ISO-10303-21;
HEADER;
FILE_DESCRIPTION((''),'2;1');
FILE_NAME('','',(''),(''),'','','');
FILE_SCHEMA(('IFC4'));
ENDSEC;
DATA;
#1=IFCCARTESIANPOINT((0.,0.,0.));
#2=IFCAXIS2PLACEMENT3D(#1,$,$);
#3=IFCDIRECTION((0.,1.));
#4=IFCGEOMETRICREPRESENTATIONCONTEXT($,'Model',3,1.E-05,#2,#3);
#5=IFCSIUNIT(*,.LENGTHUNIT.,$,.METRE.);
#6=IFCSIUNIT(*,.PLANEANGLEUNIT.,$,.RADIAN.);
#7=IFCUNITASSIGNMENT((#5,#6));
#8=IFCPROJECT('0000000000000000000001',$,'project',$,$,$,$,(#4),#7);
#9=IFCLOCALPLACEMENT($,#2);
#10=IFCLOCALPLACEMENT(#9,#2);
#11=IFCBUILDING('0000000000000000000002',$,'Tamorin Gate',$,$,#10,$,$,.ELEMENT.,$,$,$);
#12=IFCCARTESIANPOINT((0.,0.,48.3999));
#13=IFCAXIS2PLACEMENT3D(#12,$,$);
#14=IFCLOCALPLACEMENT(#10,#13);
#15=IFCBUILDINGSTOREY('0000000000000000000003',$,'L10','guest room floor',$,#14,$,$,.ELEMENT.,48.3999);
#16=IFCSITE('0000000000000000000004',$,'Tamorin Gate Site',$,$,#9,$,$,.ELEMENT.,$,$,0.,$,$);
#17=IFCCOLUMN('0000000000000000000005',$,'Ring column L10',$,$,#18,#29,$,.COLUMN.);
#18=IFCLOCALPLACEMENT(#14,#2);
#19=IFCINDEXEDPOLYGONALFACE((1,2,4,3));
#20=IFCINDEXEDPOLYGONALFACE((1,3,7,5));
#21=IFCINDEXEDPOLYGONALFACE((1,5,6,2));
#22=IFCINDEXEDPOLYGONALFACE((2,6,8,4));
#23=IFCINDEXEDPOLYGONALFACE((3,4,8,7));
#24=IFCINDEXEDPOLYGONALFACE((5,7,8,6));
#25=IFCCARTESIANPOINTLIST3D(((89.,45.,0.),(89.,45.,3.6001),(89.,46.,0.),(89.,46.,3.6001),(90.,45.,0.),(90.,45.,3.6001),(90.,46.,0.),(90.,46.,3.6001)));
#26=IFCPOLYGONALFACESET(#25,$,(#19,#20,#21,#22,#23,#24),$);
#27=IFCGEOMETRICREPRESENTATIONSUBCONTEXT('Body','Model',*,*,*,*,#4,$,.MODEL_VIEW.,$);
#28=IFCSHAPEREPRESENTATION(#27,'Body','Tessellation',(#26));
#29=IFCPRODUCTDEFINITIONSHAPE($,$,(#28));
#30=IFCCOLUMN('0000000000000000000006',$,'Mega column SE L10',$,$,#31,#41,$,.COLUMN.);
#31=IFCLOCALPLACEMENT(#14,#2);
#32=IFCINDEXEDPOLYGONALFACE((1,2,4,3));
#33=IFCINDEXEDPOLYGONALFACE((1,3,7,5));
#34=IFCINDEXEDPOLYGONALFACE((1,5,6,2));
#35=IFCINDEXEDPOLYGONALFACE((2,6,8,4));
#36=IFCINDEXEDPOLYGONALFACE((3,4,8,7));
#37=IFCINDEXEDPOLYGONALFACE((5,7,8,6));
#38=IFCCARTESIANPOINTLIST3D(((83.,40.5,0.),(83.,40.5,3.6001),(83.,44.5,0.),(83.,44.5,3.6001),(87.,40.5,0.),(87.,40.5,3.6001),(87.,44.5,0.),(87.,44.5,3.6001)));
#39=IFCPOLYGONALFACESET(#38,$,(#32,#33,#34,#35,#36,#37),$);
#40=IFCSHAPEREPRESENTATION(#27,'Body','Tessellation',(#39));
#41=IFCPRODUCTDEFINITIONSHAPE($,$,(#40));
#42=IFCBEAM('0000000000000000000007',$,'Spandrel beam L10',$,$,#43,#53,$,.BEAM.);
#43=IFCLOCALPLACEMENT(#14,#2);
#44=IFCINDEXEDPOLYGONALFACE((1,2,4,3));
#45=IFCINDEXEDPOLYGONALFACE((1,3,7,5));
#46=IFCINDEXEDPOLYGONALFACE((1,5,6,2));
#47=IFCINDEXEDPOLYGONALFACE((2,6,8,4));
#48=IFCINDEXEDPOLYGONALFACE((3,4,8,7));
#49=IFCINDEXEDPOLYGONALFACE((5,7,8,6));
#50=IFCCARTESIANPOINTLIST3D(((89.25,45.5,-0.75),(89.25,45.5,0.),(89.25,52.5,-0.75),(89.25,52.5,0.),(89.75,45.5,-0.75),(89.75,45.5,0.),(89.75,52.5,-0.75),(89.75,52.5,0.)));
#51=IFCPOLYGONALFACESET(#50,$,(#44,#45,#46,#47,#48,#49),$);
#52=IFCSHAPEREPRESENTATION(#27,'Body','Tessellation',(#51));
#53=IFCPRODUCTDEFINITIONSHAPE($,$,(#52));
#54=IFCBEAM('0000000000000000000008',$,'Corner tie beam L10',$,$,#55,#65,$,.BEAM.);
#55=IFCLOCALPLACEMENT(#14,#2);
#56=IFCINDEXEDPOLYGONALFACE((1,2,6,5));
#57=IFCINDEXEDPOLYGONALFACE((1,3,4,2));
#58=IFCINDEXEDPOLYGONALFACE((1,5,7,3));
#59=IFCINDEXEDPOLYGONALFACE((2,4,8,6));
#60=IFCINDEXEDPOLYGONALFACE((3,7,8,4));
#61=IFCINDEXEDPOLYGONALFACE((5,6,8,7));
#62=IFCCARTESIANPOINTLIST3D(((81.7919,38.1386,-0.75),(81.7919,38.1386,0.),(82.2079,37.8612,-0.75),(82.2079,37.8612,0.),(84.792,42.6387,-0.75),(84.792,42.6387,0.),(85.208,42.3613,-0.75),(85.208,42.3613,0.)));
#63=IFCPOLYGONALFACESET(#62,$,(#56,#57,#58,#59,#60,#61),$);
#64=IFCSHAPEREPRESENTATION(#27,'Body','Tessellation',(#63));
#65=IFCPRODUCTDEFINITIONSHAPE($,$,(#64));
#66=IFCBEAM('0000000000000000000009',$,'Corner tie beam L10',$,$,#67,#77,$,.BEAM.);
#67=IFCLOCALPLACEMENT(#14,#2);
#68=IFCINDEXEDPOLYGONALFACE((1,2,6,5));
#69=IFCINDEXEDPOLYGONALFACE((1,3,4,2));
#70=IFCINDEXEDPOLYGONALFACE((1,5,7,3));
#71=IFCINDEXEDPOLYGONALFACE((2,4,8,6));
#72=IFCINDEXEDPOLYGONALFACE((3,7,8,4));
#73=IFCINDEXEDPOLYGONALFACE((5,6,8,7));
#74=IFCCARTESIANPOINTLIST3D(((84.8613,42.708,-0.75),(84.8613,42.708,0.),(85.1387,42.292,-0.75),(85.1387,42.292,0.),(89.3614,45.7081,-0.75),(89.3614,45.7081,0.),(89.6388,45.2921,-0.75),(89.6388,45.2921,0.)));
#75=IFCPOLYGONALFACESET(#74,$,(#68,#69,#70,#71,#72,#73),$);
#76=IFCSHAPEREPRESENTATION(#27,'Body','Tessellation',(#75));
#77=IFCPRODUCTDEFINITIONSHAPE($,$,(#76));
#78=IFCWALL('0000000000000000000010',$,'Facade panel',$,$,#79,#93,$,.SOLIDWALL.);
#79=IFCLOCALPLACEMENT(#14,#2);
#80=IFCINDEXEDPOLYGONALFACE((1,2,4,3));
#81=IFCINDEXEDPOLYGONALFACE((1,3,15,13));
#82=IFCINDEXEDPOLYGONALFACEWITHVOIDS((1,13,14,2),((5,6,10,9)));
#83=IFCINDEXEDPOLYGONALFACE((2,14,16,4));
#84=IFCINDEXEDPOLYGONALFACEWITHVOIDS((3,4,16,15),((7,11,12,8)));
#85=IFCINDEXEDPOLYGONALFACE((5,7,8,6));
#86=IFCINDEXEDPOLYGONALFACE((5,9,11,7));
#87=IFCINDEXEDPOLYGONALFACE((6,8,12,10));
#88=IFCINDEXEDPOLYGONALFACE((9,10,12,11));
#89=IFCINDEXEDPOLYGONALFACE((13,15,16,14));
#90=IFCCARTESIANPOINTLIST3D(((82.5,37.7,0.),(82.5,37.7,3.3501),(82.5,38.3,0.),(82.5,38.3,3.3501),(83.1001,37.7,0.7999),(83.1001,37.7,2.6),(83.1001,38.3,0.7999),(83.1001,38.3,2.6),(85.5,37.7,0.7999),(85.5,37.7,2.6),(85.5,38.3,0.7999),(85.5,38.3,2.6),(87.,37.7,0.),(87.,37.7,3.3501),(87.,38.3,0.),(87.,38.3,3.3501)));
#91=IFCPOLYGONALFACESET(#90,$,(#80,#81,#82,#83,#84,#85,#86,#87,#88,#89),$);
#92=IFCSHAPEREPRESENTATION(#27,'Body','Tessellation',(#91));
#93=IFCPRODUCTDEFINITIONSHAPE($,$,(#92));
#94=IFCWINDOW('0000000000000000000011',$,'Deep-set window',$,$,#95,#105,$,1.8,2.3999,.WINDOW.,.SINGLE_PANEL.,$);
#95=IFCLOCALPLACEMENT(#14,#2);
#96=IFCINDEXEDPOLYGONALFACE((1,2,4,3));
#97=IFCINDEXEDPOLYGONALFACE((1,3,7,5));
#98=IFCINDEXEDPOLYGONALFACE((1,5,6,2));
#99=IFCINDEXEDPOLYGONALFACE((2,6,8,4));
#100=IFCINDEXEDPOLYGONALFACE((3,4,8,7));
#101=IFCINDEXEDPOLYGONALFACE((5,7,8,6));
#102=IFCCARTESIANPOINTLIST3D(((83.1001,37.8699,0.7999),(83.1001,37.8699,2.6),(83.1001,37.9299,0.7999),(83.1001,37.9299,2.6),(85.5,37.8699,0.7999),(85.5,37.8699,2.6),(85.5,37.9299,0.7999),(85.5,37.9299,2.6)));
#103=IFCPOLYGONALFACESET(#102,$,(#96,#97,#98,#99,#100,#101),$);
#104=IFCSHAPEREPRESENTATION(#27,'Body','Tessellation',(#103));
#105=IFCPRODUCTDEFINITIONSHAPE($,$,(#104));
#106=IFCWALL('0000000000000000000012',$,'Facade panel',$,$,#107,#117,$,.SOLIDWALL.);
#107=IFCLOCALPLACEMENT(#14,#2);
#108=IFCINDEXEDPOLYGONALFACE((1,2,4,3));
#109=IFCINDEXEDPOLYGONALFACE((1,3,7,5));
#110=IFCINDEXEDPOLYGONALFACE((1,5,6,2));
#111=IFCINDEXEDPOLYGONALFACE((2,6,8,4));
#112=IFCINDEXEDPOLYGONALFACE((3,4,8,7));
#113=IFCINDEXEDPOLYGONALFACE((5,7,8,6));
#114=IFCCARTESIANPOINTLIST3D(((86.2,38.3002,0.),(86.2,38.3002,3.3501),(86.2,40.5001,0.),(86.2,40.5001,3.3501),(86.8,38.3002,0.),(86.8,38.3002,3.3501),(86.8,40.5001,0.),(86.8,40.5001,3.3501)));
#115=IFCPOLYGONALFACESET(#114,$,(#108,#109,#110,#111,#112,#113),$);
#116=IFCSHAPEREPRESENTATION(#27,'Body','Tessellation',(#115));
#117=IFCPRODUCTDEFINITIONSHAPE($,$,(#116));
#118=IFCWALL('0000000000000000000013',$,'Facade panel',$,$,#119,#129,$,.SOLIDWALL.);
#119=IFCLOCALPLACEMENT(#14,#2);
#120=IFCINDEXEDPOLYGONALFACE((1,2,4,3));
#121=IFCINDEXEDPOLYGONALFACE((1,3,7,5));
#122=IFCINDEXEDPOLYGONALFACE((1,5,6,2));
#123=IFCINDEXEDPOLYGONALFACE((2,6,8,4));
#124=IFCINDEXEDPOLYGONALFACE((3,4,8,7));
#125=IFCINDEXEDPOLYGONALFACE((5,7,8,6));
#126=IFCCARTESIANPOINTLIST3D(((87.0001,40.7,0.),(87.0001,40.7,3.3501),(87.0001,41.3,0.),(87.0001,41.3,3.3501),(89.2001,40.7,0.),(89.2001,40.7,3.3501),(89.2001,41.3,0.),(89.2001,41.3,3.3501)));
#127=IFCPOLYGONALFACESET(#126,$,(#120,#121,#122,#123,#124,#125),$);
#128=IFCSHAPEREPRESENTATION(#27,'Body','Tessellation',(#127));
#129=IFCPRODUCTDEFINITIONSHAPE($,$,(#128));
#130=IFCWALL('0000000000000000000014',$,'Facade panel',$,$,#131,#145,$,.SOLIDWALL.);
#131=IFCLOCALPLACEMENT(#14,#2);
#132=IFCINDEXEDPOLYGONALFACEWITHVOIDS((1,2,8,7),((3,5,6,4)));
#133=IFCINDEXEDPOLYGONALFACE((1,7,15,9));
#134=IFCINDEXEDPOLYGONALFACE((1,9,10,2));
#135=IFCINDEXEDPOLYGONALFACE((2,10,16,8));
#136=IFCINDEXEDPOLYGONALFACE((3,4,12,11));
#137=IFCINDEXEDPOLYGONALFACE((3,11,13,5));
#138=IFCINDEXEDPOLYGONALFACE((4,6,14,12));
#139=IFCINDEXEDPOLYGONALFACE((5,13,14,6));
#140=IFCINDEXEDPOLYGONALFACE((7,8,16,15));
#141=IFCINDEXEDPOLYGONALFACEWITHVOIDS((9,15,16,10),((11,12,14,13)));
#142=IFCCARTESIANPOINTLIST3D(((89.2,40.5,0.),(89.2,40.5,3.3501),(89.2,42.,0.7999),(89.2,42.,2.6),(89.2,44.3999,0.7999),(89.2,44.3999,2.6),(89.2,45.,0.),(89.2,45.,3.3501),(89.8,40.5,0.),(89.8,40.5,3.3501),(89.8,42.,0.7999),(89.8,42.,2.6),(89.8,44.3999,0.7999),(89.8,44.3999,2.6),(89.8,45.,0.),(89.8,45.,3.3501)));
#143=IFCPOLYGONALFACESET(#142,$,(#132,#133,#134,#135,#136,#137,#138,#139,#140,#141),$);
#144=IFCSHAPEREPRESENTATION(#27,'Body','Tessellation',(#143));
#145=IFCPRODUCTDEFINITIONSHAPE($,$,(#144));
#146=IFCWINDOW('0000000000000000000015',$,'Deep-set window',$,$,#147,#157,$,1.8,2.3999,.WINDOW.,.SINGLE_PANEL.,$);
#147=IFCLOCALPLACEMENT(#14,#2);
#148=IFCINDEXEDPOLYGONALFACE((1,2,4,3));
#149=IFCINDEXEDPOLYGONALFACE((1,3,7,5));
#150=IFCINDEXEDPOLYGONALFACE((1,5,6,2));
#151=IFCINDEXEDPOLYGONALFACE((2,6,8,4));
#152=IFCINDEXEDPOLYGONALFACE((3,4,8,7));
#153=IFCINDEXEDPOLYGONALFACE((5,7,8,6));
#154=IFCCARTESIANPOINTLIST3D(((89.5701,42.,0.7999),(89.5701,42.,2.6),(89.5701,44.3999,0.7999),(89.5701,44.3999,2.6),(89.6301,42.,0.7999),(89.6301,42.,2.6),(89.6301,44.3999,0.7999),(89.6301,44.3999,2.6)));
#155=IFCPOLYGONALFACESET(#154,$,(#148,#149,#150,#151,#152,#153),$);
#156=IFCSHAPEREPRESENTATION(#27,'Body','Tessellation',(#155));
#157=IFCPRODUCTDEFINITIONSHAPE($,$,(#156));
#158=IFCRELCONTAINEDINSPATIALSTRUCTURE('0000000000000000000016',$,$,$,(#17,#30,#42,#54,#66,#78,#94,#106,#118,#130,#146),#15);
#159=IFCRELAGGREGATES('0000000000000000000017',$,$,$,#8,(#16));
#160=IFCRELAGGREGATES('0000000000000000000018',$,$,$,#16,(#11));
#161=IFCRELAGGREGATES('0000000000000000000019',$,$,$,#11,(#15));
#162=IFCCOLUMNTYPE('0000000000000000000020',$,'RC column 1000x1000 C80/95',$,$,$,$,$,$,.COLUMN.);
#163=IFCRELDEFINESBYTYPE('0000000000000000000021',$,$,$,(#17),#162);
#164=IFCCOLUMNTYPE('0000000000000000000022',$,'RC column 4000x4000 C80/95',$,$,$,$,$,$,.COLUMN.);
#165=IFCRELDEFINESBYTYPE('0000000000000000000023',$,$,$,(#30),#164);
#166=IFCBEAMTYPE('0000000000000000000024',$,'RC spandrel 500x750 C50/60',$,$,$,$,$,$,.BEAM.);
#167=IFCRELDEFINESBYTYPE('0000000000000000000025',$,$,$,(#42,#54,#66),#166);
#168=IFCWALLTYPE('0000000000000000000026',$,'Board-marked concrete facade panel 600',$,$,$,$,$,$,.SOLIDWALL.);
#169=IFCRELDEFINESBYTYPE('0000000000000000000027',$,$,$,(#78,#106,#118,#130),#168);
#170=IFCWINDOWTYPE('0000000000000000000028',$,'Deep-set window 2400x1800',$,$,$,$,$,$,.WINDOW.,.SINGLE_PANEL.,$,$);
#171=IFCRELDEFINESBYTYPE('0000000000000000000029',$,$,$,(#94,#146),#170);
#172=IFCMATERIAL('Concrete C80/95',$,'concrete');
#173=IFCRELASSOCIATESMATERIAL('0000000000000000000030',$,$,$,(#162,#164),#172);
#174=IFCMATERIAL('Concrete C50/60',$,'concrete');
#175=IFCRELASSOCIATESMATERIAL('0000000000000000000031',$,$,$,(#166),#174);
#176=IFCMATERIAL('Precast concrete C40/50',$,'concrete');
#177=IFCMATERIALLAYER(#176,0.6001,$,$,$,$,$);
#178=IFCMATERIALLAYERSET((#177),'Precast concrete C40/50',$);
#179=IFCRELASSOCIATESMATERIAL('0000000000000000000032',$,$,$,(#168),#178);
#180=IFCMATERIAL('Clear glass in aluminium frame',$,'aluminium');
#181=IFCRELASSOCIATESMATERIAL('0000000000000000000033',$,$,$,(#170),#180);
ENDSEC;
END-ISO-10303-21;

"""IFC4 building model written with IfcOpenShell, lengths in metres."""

from ifc_helpers import new_model, si_unit, direction, frame, frame_2d, origin, origin_2d, place, context, subcontext, project, spatial, rectangle, extrude, material, layer, layer_set, material_profile, profile_set, type_object, element, fill, save


model = new_model("IFC4")

# Units and contexts
model_context = context("Model", 3, precision=1e-05, world=origin(), true_north=direction((0.0, 1.0)))
body_context = subcontext(model_context, "Body", "Model", "MODEL_VIEW")
ifc_project = project(units=[si_unit("LENGTHUNIT", "METRE"), si_unit("PLANEANGLEUNIT", "RADIAN")], contexts=[model_context])

# Site, building, storey
site_placement = place(None, origin())
site = spatial("IfcSite", under=ifc_project, at=site_placement, Name="Tamorin Gate Site", CompositionType="ELEMENT", RefElevation=0.0)
building_placement = place(site_placement, origin())
building = spatial("IfcBuilding", under=site, at=building_placement, Name="Tamorin Gate", CompositionType="ELEMENT")
storey_placement = place(building_placement, frame((0.0, 0.0, 48.3999)))
storey = spatial("IfcBuildingStorey", under=building, at=storey_placement, Name="L10", Description="guest room floor", CompositionType="ELEMENT", Elevation=48.3999)

# Columns
ifc_material_1 = material(Name="Concrete C80/95", Category="concrete")
ifc_material_profile_1 = material_profile(ifc_material_1, rectangle(XDim=1.0, YDim=1.0, at=origin_2d()), Name="RC 1000x1000")
ifc_profile_set_1 = profile_set([ifc_material_profile_1], Name="Concrete C80/95")
column_type_1 = type_object("IfcColumnType", Name="RC column 1000x1000 C80/95", PredefinedType="COLUMN", material=ifc_profile_set_1)
column_1_placement = place(storey_placement, frame((89.5, 45.5, 0.0), z_axis=(0.0, 0.0, 1.0), x_axis=(1.0, 0.0, 0.0)))
element("IfcColumn", 1, at=column_1_placement, inside=storey, type_object=column_type_1, Name="Ring column L10", PredefinedType="COLUMN", context=body_context, shape_type="SweptSolid", body=[
    extrude(rectangle(XDim=1.0, YDim=1.0, at=origin_2d()), origin(), (0.0, 0.0, 1.0), 3.6001),
])
ifc_material_profile_2 = material_profile(ifc_material_1, rectangle(XDim=4.0, YDim=4.0, at=origin_2d()), Name="RC 4000x4000")
ifc_profile_set_2 = profile_set([ifc_material_profile_2], Name="Concrete C80/95")
column_type_2 = type_object("IfcColumnType", Name="RC column 4000x4000 C80/95", PredefinedType="COLUMN", material=ifc_profile_set_2)
column_2_placement = place(storey_placement, frame((85.0, 42.5, 0.0), z_axis=(0.0, 0.0, 1.0), x_axis=(1.0, 0.0, 0.0)))
element("IfcColumn", 2, at=column_2_placement, inside=storey, type_object=column_type_2, Name="Mega column SE L10", PredefinedType="COLUMN", context=body_context, shape_type="SweptSolid", body=[
    extrude(rectangle(XDim=4.0, YDim=4.0, at=origin_2d()), origin(), (0.0, 0.0, 1.0), 3.6001),
])

# Beams
ifc_material_2 = material(Name="Concrete C50/60", Category="concrete")
ifc_material_profile_3 = material_profile(ifc_material_2, rectangle(XDim=0.5, YDim=0.75, at=origin_2d()), Name="RC 500x750")
ifc_profile_set_3 = profile_set([ifc_material_profile_3], Name="Concrete C50/60")
beam_type = type_object("IfcBeamType", Name="RC spandrel 500x750 C50/60", PredefinedType="BEAM", material=ifc_profile_set_3)
beam_placement = place(storey_placement, frame((89.5, 45.5, -0.375), z_axis=(0.0, 1.0, 0.0), x_axis=(-1.0, 0.0, 0.0)))
element("IfcBeam", 3, at=beam_placement, inside=storey, type_object=beam_type, Name="Spandrel beam L10", PredefinedType="BEAM", context=body_context, shape_type="SweptSolid", body=[
    extrude(rectangle(XDim=0.5, YDim=0.75, at=origin_2d()), origin(), (0.0, 0.0, 1.0), 7.0),
])
for number, where, z_axis, x_axis, name in (
    (4, (85.0, 42.5, -0.375), (-0.5547, -0.83205, 0.0), (0.83205, -0.5547, 0.0), "Corner tie beam L10"),
    (5, (85.0, 42.5, -0.375), (0.83205, 0.5547, 0.0), (-0.5547, 0.83205, 0.0), "Corner tie beam L10"),
):
    element("IfcBeam", number, at=place(storey_placement, frame(where, z_axis=z_axis, x_axis=x_axis)), inside=storey, type_object=beam_type, Name=name, PredefinedType="BEAM", context=body_context, shape_type="SweptSolid", body=[
        extrude(rectangle(XDim=0.5, YDim=0.75, at=origin_2d()), origin(), (0.0, 0.0, 1.0), 5.4084),
    ])

# Wall, opening, window
ifc_material_3 = material(Name="Precast concrete C40/50", Category="concrete")
ifc_layer_1 = layer(ifc_material_3, 0.6001)
ifc_layer_set_1 = layer_set([ifc_layer_1], Name="Precast concrete C40/50")
wall_type_1 = type_object("IfcWallType", Name="Board-marked concrete facade panel 600", PredefinedType="SOLIDWALL", material=ifc_layer_set_1)
wall_1_placement = place(storey_placement, frame((82.5, 38.0, 0.0), z_axis=(0.0, 0.0, 1.0), x_axis=(1.0, 0.0, 0.0)))
wall_1 = element("IfcWall", 6, at=wall_1_placement, inside=storey, type_object=wall_type_1, Name="Facade panel", PredefinedType="SOLIDWALL", context=body_context, shape_type="SweptSolid", body=[
    extrude(rectangle(XDim=4.5, YDim=0.6001, at=frame_2d((2.25, 0.0))), origin(), (0.0, 0.0, 1.0), 3.3501),
])
opening_1_placement = place(wall_1_placement, frame((0.6001, 0.0, 0.8)))
opening_1 = element("IfcOpeningElement", 7, at=opening_1_placement, cuts=wall_1, PredefinedType="OPENING", context=body_context, shape_type="SweptSolid", body=[
    extrude(rectangle(XDim=2.3999, YDim=1.8, at=frame_2d((1.2, 0.8999))), frame((0.0, 0.3101, 0.0), z_axis=(0.0, -1.0, 0.0), x_axis=(1.0, 0.0, 0.0)), (0.0, 0.0, 1.0), 0.6201),
])
ifc_material_4 = material(Name="Clear glass in aluminium frame", Category="aluminium")
window_type = type_object("IfcWindowType", Name="Deep-set window 2400x1800", PartitioningType="SINGLE_PANEL", PredefinedType="WINDOW", material=ifc_material_4)
window_1_placement = place(opening_1_placement, origin())
window_1 = element("IfcWindow", 8, at=window_1_placement, inside=storey, type_object=window_type, Name="Deep-set window", OverallHeight=1.8, OverallWidth=2.3999, PartitioningType="SINGLE_PANEL", PredefinedType="WINDOW", context=body_context, shape_type="SweptSolid", body=[
    extrude(rectangle(XDim=2.3999, YDim=1.8, at=frame_2d((1.2, 0.8999))), frame((0.0, -0.0701, 0.0), z_axis=(0.0, -1.0, 0.0), x_axis=(1.0, 0.0, 0.0)), (0.0, 0.0, 1.0), 0.0601),
])
fill(opening_1, window_1)

# Walls
for number, where, z_axis, x_axis, name in (
    (9, (86.5, 38.3, 0.0), (0.0, 0.0, 1.0), (0.0, 1.0, 0.0), "Facade panel"),
    (10, (87.0, 41.0, 0.0), (0.0, 0.0, 1.0), (1.0, 0.0, 0.0), "Facade panel"),
):
    element("IfcWall", number, at=place(storey_placement, frame(where, z_axis=z_axis, x_axis=x_axis)), inside=storey, type_object=wall_type_1, Name=name, PredefinedType="SOLIDWALL", context=body_context, shape_type="SweptSolid", body=[
        extrude(rectangle(XDim=2.2, YDim=0.6001, at=frame_2d((1.1001, 0.0))), origin(), (0.0, 0.0, 1.0), 3.3501),
    ])

# Wall, opening, window
wall_2_placement = place(storey_placement, frame((89.5, 40.5, 0.0), z_axis=(0.0, 0.0, 1.0), x_axis=(0.0, 1.0, 0.0)))
wall_2 = element("IfcWall", 11, at=wall_2_placement, inside=storey, type_object=wall_type_1, Name="Facade panel", PredefinedType="SOLIDWALL", context=body_context, shape_type="SweptSolid", body=[
    extrude(rectangle(XDim=4.5, YDim=0.6001, at=frame_2d((2.25, 0.0))), origin(), (0.0, 0.0, 1.0), 3.3501),
])
opening_2_placement = place(wall_2_placement, frame((1.5, 0.0, 0.8)))
opening_2 = element("IfcOpeningElement", 12, at=opening_2_placement, cuts=wall_2, PredefinedType="OPENING", context=body_context, shape_type="SweptSolid", body=[
    extrude(rectangle(XDim=2.3999, YDim=1.8, at=frame_2d((1.2, 0.8999))), frame((0.0, 0.3101, 0.0), z_axis=(0.0, -1.0, 0.0), x_axis=(1.0, 0.0, 0.0)), (0.0, 0.0, 1.0), 0.6201),
])
window_2_placement = place(opening_2_placement, origin())
window_2 = element("IfcWindow", 13, at=window_2_placement, inside=storey, type_object=window_type, Name="Deep-set window", OverallHeight=1.8, OverallWidth=2.3999, PartitioningType="SINGLE_PANEL", PredefinedType="WINDOW", context=body_context, shape_type="SweptSolid", body=[
    extrude(rectangle(XDim=2.3999, YDim=1.8, at=frame_2d((1.2, 0.8999))), frame((0.0, -0.0701, 0.0), z_axis=(0.0, -1.0, 0.0), x_axis=(1.0, 0.0, 0.0)), (0.0, 0.0, 1.0), 0.0601),
])
fill(opening_2, window_2)

save(model, "model.ifc")
